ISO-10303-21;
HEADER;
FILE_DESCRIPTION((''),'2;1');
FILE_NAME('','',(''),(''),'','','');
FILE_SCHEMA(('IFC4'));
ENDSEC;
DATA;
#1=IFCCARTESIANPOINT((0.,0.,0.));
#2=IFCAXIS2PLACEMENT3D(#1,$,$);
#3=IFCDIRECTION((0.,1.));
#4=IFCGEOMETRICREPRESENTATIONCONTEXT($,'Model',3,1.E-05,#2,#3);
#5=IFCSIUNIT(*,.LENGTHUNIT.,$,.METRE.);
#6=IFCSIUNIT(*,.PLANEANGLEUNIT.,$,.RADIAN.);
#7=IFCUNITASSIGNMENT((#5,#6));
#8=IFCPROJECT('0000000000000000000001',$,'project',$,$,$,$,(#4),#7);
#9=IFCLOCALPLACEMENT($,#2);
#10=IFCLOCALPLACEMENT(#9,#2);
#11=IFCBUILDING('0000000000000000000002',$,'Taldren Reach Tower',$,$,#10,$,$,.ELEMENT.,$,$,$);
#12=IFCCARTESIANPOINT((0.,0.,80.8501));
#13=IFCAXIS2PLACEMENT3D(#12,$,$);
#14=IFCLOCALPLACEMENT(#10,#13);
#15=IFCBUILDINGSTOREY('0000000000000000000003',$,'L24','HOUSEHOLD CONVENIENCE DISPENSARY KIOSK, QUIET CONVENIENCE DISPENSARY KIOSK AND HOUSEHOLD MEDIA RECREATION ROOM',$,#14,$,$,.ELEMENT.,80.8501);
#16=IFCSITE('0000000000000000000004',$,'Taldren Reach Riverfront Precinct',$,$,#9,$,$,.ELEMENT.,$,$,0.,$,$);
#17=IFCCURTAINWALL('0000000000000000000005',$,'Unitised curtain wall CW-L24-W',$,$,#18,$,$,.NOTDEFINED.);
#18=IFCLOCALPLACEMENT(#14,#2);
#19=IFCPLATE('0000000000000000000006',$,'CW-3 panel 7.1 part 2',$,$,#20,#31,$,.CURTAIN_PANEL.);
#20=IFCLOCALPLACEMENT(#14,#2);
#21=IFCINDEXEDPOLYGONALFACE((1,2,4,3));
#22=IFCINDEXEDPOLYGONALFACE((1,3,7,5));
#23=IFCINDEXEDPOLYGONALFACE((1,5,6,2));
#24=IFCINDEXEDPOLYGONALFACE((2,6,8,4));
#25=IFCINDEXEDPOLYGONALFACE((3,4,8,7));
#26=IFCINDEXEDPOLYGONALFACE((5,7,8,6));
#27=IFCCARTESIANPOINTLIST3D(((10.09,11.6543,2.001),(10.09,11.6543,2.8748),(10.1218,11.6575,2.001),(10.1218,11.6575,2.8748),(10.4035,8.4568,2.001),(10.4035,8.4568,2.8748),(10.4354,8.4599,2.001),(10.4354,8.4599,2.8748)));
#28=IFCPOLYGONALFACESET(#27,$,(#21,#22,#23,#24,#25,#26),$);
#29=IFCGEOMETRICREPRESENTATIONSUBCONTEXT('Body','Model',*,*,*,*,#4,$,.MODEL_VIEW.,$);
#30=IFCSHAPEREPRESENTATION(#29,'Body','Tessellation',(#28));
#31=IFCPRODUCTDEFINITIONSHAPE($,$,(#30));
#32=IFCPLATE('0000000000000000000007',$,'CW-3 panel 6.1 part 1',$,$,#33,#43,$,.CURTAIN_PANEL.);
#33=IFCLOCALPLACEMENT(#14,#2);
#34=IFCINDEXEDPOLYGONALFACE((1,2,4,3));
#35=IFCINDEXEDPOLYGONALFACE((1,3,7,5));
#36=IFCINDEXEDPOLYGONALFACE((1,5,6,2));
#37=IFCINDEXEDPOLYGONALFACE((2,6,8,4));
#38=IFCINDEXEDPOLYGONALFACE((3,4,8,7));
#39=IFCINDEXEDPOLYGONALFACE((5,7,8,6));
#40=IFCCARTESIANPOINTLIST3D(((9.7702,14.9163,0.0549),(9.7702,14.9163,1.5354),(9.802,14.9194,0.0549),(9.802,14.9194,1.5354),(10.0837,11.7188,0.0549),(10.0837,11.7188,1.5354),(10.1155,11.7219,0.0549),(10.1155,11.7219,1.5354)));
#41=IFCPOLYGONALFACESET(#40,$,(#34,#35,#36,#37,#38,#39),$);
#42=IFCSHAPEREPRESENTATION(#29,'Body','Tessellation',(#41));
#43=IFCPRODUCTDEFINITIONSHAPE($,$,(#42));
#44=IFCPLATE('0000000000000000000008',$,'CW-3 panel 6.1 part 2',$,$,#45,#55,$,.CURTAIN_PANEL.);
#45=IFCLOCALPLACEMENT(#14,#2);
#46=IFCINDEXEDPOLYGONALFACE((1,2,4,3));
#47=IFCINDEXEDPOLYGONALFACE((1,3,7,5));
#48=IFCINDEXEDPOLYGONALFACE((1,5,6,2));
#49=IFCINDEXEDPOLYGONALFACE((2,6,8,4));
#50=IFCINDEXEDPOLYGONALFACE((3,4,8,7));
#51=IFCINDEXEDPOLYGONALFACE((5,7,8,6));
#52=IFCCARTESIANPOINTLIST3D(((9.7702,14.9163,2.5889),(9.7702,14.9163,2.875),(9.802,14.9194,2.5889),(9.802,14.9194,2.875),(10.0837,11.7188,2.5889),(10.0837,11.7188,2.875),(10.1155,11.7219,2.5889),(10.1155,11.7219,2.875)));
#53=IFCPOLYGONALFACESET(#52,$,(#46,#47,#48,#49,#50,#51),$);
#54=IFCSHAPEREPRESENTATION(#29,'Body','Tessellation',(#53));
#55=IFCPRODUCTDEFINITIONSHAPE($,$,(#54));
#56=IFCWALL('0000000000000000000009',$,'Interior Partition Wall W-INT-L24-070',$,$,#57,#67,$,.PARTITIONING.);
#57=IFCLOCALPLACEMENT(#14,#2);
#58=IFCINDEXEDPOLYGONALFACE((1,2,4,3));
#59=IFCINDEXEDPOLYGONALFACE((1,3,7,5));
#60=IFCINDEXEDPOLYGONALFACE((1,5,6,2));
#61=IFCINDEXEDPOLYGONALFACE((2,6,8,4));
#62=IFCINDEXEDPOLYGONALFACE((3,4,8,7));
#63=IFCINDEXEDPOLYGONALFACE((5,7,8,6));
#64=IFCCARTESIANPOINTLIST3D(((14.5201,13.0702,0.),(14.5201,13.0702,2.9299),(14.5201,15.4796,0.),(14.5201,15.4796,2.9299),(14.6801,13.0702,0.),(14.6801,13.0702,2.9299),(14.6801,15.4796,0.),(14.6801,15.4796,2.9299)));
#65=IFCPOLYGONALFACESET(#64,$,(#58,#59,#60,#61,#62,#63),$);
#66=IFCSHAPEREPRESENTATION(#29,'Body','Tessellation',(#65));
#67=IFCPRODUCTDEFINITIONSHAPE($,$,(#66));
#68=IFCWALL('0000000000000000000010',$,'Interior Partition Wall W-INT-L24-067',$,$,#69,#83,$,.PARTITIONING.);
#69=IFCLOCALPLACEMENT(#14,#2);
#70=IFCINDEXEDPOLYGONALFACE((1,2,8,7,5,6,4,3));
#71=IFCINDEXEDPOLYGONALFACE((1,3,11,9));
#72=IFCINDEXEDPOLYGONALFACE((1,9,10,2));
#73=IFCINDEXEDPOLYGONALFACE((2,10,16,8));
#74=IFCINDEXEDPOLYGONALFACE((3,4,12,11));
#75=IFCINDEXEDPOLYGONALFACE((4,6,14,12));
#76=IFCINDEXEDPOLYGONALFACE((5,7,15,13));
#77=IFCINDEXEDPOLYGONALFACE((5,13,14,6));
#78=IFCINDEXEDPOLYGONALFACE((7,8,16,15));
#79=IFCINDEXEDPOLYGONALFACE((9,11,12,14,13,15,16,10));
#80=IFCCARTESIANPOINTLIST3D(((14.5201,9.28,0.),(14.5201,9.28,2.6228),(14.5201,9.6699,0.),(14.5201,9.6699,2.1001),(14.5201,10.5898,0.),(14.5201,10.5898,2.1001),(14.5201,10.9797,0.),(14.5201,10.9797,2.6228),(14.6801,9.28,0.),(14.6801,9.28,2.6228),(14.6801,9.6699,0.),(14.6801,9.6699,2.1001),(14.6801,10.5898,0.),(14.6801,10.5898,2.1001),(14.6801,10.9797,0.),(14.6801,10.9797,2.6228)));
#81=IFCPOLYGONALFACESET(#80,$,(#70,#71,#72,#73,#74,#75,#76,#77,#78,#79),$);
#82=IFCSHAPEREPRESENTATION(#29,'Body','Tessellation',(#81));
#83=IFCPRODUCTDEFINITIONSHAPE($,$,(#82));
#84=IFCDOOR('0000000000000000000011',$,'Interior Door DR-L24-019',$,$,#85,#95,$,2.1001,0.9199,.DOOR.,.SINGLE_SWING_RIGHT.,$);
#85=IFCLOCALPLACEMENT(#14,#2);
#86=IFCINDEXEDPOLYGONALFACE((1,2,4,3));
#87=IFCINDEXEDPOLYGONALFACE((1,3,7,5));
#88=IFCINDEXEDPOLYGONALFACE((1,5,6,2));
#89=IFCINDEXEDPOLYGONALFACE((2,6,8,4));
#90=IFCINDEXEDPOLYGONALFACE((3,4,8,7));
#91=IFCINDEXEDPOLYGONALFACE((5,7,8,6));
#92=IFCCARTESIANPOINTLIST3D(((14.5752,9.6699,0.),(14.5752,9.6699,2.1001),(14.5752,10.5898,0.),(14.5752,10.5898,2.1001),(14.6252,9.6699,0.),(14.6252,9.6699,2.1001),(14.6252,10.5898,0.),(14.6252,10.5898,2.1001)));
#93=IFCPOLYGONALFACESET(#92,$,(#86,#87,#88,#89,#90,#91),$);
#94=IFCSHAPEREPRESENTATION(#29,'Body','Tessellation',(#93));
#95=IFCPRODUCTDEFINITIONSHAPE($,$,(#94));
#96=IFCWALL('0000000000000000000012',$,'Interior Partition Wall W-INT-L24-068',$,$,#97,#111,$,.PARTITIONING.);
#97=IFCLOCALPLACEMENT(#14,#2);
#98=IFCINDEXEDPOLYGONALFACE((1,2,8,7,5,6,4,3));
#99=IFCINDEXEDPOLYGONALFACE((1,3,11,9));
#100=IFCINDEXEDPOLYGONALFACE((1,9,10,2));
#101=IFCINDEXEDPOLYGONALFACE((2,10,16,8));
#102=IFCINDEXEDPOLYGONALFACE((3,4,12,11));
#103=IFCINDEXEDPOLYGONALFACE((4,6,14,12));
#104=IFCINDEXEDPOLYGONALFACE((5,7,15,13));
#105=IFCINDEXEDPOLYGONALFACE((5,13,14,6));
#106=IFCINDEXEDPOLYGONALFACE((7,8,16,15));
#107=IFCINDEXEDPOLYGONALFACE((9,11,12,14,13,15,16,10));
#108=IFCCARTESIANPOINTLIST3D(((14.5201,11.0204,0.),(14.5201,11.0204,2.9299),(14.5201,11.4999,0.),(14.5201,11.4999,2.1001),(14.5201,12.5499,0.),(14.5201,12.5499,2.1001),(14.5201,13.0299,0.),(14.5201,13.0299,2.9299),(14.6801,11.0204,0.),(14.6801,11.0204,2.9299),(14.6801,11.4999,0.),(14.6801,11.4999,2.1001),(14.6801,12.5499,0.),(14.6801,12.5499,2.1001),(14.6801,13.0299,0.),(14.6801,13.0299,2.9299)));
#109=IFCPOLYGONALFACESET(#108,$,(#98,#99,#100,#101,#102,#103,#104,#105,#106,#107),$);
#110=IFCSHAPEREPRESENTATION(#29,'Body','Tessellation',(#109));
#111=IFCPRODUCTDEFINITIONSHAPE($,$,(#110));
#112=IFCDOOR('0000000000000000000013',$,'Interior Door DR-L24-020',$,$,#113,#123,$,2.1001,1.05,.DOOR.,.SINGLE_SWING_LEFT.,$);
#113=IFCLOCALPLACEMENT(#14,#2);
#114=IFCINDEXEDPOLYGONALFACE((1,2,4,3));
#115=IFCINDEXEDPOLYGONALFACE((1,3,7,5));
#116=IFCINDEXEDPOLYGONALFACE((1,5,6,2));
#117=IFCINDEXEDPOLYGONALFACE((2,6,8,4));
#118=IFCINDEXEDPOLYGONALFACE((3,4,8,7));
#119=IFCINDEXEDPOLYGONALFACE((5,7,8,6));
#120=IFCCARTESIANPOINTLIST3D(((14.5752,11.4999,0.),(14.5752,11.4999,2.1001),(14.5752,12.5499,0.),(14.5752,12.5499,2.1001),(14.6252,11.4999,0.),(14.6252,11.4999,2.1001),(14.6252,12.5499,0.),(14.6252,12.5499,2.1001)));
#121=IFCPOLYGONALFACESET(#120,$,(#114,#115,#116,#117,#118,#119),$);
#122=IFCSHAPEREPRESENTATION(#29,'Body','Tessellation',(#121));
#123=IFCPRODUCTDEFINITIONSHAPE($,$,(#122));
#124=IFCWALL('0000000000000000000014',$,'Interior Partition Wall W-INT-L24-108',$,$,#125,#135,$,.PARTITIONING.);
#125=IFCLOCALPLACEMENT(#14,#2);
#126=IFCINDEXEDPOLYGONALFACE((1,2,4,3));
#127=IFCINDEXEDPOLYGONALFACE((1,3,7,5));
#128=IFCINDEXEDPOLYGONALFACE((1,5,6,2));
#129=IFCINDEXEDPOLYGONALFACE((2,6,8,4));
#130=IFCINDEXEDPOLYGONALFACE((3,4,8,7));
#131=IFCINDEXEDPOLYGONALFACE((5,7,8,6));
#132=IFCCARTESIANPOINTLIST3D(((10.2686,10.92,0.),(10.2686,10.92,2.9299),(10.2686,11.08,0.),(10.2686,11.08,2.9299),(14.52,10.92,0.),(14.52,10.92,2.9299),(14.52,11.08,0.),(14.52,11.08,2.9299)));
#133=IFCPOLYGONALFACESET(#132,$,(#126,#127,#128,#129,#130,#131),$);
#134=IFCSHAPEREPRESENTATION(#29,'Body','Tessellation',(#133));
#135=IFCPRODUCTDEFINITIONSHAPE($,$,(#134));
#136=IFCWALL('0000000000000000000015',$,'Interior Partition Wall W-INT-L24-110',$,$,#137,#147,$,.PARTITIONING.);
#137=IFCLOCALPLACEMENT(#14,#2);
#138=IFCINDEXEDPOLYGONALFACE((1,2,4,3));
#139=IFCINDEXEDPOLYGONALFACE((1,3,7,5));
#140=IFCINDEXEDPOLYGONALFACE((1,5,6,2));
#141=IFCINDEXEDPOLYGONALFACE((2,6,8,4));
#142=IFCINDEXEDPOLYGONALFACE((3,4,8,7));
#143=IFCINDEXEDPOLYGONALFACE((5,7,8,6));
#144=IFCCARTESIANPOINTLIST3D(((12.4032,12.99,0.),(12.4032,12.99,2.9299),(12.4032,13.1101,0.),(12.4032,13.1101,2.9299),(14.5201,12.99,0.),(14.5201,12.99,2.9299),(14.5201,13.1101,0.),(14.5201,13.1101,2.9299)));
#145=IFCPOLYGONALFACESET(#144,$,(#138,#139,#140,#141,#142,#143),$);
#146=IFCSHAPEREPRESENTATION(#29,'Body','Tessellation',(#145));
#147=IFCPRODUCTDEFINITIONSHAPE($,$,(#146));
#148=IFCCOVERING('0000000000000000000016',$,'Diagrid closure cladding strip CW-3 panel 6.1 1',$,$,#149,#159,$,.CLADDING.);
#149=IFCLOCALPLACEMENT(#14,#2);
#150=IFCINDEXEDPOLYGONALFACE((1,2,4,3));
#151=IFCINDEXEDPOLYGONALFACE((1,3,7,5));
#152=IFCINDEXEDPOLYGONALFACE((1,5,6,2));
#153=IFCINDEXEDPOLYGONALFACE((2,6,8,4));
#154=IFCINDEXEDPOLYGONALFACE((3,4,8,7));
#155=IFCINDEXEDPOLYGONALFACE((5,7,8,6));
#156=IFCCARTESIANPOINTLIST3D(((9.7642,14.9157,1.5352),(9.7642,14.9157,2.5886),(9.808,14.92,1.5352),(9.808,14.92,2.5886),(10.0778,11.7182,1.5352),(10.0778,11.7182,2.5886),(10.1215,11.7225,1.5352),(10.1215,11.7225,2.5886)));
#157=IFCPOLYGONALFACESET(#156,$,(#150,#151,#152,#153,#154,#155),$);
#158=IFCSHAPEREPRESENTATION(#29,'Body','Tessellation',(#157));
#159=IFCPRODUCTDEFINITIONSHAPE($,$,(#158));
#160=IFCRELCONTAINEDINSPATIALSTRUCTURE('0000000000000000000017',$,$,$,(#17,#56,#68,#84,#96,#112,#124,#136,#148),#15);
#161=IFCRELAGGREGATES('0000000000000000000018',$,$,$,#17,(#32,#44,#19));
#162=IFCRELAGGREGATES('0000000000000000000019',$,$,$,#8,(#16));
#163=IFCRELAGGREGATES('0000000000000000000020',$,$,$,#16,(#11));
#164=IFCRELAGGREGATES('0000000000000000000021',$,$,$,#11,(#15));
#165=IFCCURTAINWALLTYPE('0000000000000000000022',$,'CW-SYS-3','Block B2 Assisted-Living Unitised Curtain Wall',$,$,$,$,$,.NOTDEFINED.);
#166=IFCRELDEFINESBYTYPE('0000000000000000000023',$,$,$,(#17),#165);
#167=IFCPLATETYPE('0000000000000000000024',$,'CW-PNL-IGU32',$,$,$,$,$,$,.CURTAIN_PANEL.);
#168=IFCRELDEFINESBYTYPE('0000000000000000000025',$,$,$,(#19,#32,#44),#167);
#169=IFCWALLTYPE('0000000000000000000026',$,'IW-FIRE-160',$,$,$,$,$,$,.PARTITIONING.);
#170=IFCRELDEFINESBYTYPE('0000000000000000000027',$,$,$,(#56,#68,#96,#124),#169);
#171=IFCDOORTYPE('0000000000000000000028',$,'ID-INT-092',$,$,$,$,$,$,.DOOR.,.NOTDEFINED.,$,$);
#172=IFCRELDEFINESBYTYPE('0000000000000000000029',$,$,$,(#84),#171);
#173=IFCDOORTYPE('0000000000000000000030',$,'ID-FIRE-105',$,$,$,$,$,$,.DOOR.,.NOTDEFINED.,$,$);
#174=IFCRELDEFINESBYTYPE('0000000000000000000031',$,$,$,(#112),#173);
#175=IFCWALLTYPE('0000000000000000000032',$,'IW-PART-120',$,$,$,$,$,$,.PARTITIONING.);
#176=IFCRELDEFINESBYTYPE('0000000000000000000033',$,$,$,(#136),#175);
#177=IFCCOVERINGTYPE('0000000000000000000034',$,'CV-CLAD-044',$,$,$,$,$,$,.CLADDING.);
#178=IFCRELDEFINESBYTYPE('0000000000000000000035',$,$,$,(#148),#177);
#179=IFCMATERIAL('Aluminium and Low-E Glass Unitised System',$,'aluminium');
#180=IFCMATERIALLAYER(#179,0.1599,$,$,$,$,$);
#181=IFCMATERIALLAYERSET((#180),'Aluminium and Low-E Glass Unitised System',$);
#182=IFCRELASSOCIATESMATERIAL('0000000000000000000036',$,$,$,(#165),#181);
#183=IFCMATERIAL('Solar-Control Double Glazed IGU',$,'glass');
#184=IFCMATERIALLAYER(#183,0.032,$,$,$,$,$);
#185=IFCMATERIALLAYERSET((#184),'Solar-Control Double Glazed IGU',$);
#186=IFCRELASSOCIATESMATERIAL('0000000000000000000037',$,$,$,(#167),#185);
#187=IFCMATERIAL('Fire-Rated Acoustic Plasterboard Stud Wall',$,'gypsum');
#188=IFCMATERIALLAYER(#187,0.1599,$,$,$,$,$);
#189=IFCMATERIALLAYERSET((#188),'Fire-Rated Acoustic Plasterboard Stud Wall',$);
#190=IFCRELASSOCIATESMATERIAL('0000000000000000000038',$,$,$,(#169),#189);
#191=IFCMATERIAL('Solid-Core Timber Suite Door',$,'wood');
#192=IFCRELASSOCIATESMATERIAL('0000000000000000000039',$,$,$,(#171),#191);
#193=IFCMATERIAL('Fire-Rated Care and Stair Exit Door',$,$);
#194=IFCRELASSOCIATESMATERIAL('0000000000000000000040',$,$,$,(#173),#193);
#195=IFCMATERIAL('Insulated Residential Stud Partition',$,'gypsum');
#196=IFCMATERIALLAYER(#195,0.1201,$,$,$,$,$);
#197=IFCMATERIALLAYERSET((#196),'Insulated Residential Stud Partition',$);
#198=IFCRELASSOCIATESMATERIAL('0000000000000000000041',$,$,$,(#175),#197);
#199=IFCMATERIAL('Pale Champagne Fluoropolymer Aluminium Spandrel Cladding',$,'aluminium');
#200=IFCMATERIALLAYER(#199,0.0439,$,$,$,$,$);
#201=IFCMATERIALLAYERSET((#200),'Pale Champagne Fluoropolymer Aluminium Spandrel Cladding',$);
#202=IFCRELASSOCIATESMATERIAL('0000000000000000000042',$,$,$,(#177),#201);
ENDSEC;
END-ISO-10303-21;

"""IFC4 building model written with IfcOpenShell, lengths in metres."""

from ifc_helpers import new_model, si_unit, direction, frame, frame_2d, origin, origin_2d, place, context, subcontext, project, spatial, rectangle, extrude, source, transform, mapped, material, layer, layer_set, type_object, element, fill, aggregate, save


model = new_model("IFC4")

# Units and contexts
model_context = context("Model", 3, precision=1e-05, world=origin(), true_north=direction((0.0, 1.0)))
body_context = subcontext(model_context, "Body", "Model", "MODEL_VIEW")
ifc_project = project(units=[si_unit("LENGTHUNIT", "METRE"), si_unit("PLANEANGLEUNIT", "RADIAN")], contexts=[model_context])

# Site, building, storey
site_placement = place(None, origin())
site = spatial("IfcSite", under=ifc_project, at=site_placement, Name="Taldren Reach Riverfront Precinct", CompositionType="ELEMENT", RefElevation=0.0)
building_placement = place(site_placement, origin())
building = spatial("IfcBuilding", under=site, at=building_placement, Name="Taldren Reach Tower", CompositionType="ELEMENT")
storey_placement = place(building_placement, frame((0.0, 0.0, 80.8501)))
storey = spatial("IfcBuildingStorey", under=building, at=storey_placement, Name="L24", Description="HOUSEHOLD CONVENIENCE DISPENSARY KIOSK, QUIET CONVENIENCE DISPENSARY KIOSK AND HOUSEHOLD MEDIA RECREATION ROOM", CompositionType="ELEMENT", Elevation=80.8501)

# Curtain wall, plates
ifc_material_1 = material(Name="Aluminium and Low-E Glass Unitised System", Category="aluminium")
ifc_layer_1 = layer(ifc_material_1, 0.1599)
ifc_layer_set_1 = layer_set([ifc_layer_1], Name="Aluminium and Low-E Glass Unitised System")
curtain_wall_type = type_object("IfcCurtainWallType", Name="CW-SYS-3", Description="Block B2 Assisted-Living Unitised Curtain Wall", PredefinedType="NOTDEFINED", material=ifc_layer_set_1)
curtain_wall_placement = place(storey_placement, origin())
curtain_wall = element("IfcCurtainWall", 1, at=curtain_wall_placement, inside=storey, type_object=curtain_wall_type, Name="Unitised curtain wall CW-L24-W", PredefinedType="NOTDEFINED")
ifc_material_2 = material(Name="Solar-Control Double Glazed IGU", Category="glass")
ifc_layer_2 = layer(ifc_material_2, 0.032)
ifc_layer_set_2 = layer_set([ifc_layer_2], Name="Solar-Control Double Glazed IGU")
plate_type = type_object("IfcPlateType", Name="CW-PNL-IGU32", PredefinedType="CURTAIN_PANEL", material=ifc_layer_set_2)
shared_shape_1 = source(origin(), body_context, "Body", "SweptSolid", [
    extrude(rectangle(XDim=3.2129, YDim=0.032, at=origin_2d()), origin(), (0.0, 0.0, 1.0), 0.8738),
])
plate_1_placement = place(storey_placement, frame((10.2627, 10.0571, 2.001), z_axis=(0.0, 0.0, 1.0), x_axis=(0.097583, -0.995227, 0.0)))
plate_1 = element("IfcPlate", 2, at=plate_1_placement, type_object=plate_type, Name="CW-3 panel 7.1 part 2", PredefinedType="CURTAIN_PANEL", context=body_context, shape_type="MappedRepresentation", body=[
    mapped(shared_shape_1, transform((0.0, 0.0, 0.0), scale=1.0)),
])
shared_shape_2 = source(origin(), body_context, "Body", "SweptSolid", [
    extrude(rectangle(XDim=3.2129, YDim=0.032, at=origin_2d()), origin(), (0.0, 0.0, 1.0), 1.4805),
])
plate_2_placement = place(storey_placement, frame((9.9429, 13.3191, 0.0549), z_axis=(0.0, 0.0, 1.0), x_axis=(0.097583, -0.995227, 0.0)))
plate_2 = element("IfcPlate", 3, at=plate_2_placement, type_object=plate_type, Name="CW-3 panel 6.1 part 1", PredefinedType="CURTAIN_PANEL", context=body_context, shape_type="MappedRepresentation", body=[
    mapped(shared_shape_2, transform((0.0, 0.0, 0.0), scale=1.0)),
])
shared_shape_3 = source(origin(), body_context, "Body", "SweptSolid", [
    extrude(rectangle(XDim=3.2129, YDim=0.032, at=origin_2d()), origin(), (0.0, 0.0, 1.0), 0.2861),
])
plate_3_placement = place(storey_placement, frame((9.9429, 13.3191, 2.5889), z_axis=(0.0, 0.0, 1.0), x_axis=(0.097583, -0.995227, 0.0)))
plate_3 = element("IfcPlate", 4, at=plate_3_placement, type_object=plate_type, Name="CW-3 panel 6.1 part 2", PredefinedType="CURTAIN_PANEL", context=body_context, shape_type="MappedRepresentation", body=[
    mapped(shared_shape_3, transform((0.0, 0.0, 0.0), scale=1.0)),
])
aggregate(curtain_wall, [plate_2, plate_3, plate_1])

# Wall
ifc_material_3 = material(Name="Fire-Rated Acoustic Plasterboard Stud Wall", Category="gypsum")
ifc_layer_3 = layer(ifc_material_3, 0.1599)
ifc_layer_set_3 = layer_set([ifc_layer_3], Name="Fire-Rated Acoustic Plasterboard Stud Wall")
wall_type_1 = type_object("IfcWallType", Name="IW-FIRE-160", PredefinedType="PARTITIONING", material=ifc_layer_set_3)
shared_shape_4 = source(origin(), body_context, "Body", "SweptSolid", [
    extrude(rectangle(XDim=2.4094, YDim=0.1599, at=frame_2d((1.2046, 0.0))), origin(), (0.0, 0.0, 1.0), 2.9299),
])
wall_1_placement = place(storey_placement, frame((14.6001, 13.0703, 0.0), z_axis=(0.0, 0.0, 1.0), x_axis=(0.0, 1.0, 0.0)))
element("IfcWall", 5, at=wall_1_placement, inside=storey, type_object=wall_type_1, Name="Interior Partition Wall W-INT-L24-070", PredefinedType="PARTITIONING", context=body_context, shape_type="MappedRepresentation", body=[
    mapped(shared_shape_4, transform((0.0, 0.0, 0.0), scale=1.0)),
])

# Walls, openings, doors
shared_shape_5 = source(origin(), body_context, "Body", "SweptSolid", [
    extrude(rectangle(XDim=1.6997, YDim=0.1599, at=frame_2d((0.8499, 0.0))), origin(), (0.0, 0.0, 1.0), 2.6228),
])
wall_2_placement = place(storey_placement, frame((14.6001, 9.28, 0.0), z_axis=(0.0, 0.0, 1.0), x_axis=(0.0, 1.0, 0.0)))
wall_2 = element("IfcWall", 6, at=wall_2_placement, inside=storey, type_object=wall_type_1, Name="Interior Partition Wall W-INT-L24-067", PredefinedType="PARTITIONING", context=body_context, shape_type="MappedRepresentation", body=[
    mapped(shared_shape_5, transform((0.0, 0.0, 0.0), scale=1.0)),
])
shared_shape_6 = source(origin(), body_context, "Body", "SweptSolid", [
    extrude(rectangle(XDim=0.9199, YDim=2.1001, at=frame_2d((0.46, 1.05))), frame((0.0, 0.0898, 0.0), z_axis=(0.0, -1.0, 0.0), x_axis=(1.0, 0.0, 0.0)), (0.0, 0.0, 1.0), 0.1799),
])
opening_1_placement = place(wall_2_placement, frame((0.3899, 0.0, 0.0)))
opening_1 = element("IfcOpeningElement", 7, at=opening_1_placement, cuts=wall_2, PredefinedType="OPENING", context=body_context, shape_type="MappedRepresentation", body=[
    mapped(shared_shape_6, transform((0.0, 0.0, 0.0), scale=1.0)),
])
ifc_material_4 = material(Name="Solid-Core Timber Suite Door", Category="wood")
door_type_1 = type_object("IfcDoorType", Name="ID-INT-092", OperationType="NOTDEFINED", PredefinedType="DOOR", material=ifc_material_4)
shared_shape_7 = source(origin(), body_context, "Body", "SweptSolid", [
    extrude(rectangle(XDim=0.9199, YDim=2.1001, at=frame_2d((0.46, 1.05))), frame((0.0, 0.0249, 0.0), z_axis=(0.0, -1.0, 0.0), x_axis=(1.0, 0.0, 0.0)), (0.0, 0.0, 1.0), 0.05),
])
door_1_placement = place(opening_1_placement, origin())
door_1 = element("IfcDoor", 8, at=door_1_placement, inside=storey, type_object=door_type_1, Name="Interior Door DR-L24-019", OperationType="SINGLE_SWING_RIGHT", OverallHeight=2.1001, OverallWidth=0.9199, PredefinedType="DOOR", context=body_context, shape_type="MappedRepresentation", body=[
    mapped(shared_shape_7, transform((0.0, 0.0, 0.0), scale=1.0)),
])
fill(opening_1, door_1)
shared_shape_8 = source(origin(), body_context, "Body", "SweptSolid", [
    extrude(rectangle(XDim=2.0095, YDim=0.1599, at=frame_2d((1.0049, 0.0))), origin(), (0.0, 0.0, 1.0), 2.9299),
])
wall_3_placement = place(storey_placement, frame((14.6001, 11.0203, 0.0), z_axis=(0.0, 0.0, 1.0), x_axis=(0.0, 1.0, 0.0)))
wall_3 = element("IfcWall", 9, at=wall_3_placement, inside=storey, type_object=wall_type_1, Name="Interior Partition Wall W-INT-L24-068", PredefinedType="PARTITIONING", context=body_context, shape_type="MappedRepresentation", body=[
    mapped(shared_shape_8, transform((0.0, 0.0, 0.0), scale=1.0)),
])
shared_shape_9 = source(origin(), body_context, "Body", "SweptSolid", [
    extrude(rectangle(XDim=1.05, YDim=2.1001, at=frame_2d((0.5249, 1.05))), frame((0.0, 0.0898, 0.0), z_axis=(0.0, -1.0, 0.0), x_axis=(1.0, 0.0, 0.0)), (0.0, 0.0, 1.0), 0.1799),
])
opening_2_placement = place(wall_3_placement, frame((0.4797, 0.0, 0.0)))
opening_2 = element("IfcOpeningElement", 10, at=opening_2_placement, cuts=wall_3, PredefinedType="OPENING", context=body_context, shape_type="MappedRepresentation", body=[
    mapped(shared_shape_9, transform((0.0, 0.0, 0.0), scale=1.0)),
])
ifc_material_5 = material(Name="Fire-Rated Care and Stair Exit Door")
door_type_2 = type_object("IfcDoorType", Name="ID-FIRE-105", OperationType="NOTDEFINED", PredefinedType="DOOR", material=ifc_material_5)
shared_shape_10 = source(origin(), body_context, "Body", "SweptSolid", [
    extrude(rectangle(XDim=1.05, YDim=2.1001, at=frame_2d((0.5249, 1.05))), frame((0.0, 0.0249, 0.0), z_axis=(0.0, -1.0, 0.0), x_axis=(1.0, 0.0, 0.0)), (0.0, 0.0, 1.0), 0.05),
])
door_2_placement = place(opening_2_placement, origin())
door_2 = element("IfcDoor", 11, at=door_2_placement, inside=storey, type_object=door_type_2, Name="Interior Door DR-L24-020", OperationType="SINGLE_SWING_LEFT", OverallHeight=2.1001, OverallWidth=1.05, PredefinedType="DOOR", context=body_context, shape_type="MappedRepresentation", body=[
    mapped(shared_shape_10, transform((0.0, 0.0, 0.0), scale=1.0)),
])
fill(opening_2, door_2)

# Walls
shared_shape_11 = source(origin(), body_context, "Body", "SweptSolid", [
    extrude(rectangle(XDim=4.2515, YDim=0.1599, at=frame_2d((2.1257, 0.0))), origin(), (0.0, 0.0, 1.0), 2.9299),
])
wall_4_placement = place(storey_placement, frame((10.2686, 11.0, 0.0), z_axis=(0.0, 0.0, 1.0), x_axis=(1.0, 0.0, 0.0)))
element("IfcWall", 12, at=wall_4_placement, inside=storey, type_object=wall_type_1, Name="Interior Partition Wall W-INT-L24-108", PredefinedType="PARTITIONING", context=body_context, shape_type="MappedRepresentation", body=[
    mapped(shared_shape_11, transform((0.0, 0.0, 0.0), scale=1.0)),
])
ifc_material_6 = material(Name="Insulated Residential Stud Partition", Category="gypsum")
ifc_layer_4 = layer(ifc_material_6, 0.1201)
ifc_layer_set_4 = layer_set([ifc_layer_4], Name="Insulated Residential Stud Partition")
wall_type_2 = type_object("IfcWallType", Name="IW-PART-120", PredefinedType="PARTITIONING", material=ifc_layer_set_4)
shared_shape_12 = source(origin(), body_context, "Body", "SweptSolid", [
    extrude(rectangle(XDim=2.1169, YDim=0.1201, at=frame_2d((1.0586, 0.0))), origin(), (0.0, 0.0, 1.0), 2.9299),
])
wall_5_placement = place(storey_placement, frame((12.4031, 13.05, 0.0), z_axis=(0.0, 0.0, 1.0), x_axis=(1.0, 0.0, 0.0)))
element("IfcWall", 13, at=wall_5_placement, inside=storey, type_object=wall_type_2, Name="Interior Partition Wall W-INT-L24-110", PredefinedType="PARTITIONING", context=body_context, shape_type="MappedRepresentation", body=[
    mapped(shared_shape_12, transform((0.0, 0.0, 0.0), scale=1.0)),
])

# Covering
ifc_material_7 = material(Name="Pale Champagne Fluoropolymer Aluminium Spandrel Cladding", Category="aluminium")
ifc_layer_5 = layer(ifc_material_7, 0.0439)
ifc_layer_set_5 = layer_set([ifc_layer_5], Name="Pale Champagne Fluoropolymer Aluminium Spandrel Cladding")
covering_type = type_object("IfcCoveringType", Name="CV-CLAD-044", PredefinedType="CLADDING", material=ifc_layer_set_5)
shared_shape_13 = source(origin(), body_context, "Body", "SweptSolid", [
    extrude(rectangle(XDim=3.2129, YDim=0.0439, at=origin_2d()), origin(), (0.0, 0.0, 1.0), 1.0535),
])
for number, where, z_axis, x_axis, name in (
    (14, (9.9429, 13.3191, 1.5352), (0.0, 0.0, 1.0), (0.097583, -0.995227, 0.0), "Diagrid closure cladding strip CW-3 panel 6.1 1"),
):
    element("IfcCovering", number, at=place(storey_placement, frame(where, z_axis=z_axis, x_axis=x_axis)), inside=storey, type_object=covering_type, Name=name, PredefinedType="CLADDING", context=body_context, shape_type="MappedRepresentation", body=[
        mapped(shared_shape_13, transform((0.0, 0.0, 0.0), scale=1.0)),
    ])

save(model, "model.ifc")
